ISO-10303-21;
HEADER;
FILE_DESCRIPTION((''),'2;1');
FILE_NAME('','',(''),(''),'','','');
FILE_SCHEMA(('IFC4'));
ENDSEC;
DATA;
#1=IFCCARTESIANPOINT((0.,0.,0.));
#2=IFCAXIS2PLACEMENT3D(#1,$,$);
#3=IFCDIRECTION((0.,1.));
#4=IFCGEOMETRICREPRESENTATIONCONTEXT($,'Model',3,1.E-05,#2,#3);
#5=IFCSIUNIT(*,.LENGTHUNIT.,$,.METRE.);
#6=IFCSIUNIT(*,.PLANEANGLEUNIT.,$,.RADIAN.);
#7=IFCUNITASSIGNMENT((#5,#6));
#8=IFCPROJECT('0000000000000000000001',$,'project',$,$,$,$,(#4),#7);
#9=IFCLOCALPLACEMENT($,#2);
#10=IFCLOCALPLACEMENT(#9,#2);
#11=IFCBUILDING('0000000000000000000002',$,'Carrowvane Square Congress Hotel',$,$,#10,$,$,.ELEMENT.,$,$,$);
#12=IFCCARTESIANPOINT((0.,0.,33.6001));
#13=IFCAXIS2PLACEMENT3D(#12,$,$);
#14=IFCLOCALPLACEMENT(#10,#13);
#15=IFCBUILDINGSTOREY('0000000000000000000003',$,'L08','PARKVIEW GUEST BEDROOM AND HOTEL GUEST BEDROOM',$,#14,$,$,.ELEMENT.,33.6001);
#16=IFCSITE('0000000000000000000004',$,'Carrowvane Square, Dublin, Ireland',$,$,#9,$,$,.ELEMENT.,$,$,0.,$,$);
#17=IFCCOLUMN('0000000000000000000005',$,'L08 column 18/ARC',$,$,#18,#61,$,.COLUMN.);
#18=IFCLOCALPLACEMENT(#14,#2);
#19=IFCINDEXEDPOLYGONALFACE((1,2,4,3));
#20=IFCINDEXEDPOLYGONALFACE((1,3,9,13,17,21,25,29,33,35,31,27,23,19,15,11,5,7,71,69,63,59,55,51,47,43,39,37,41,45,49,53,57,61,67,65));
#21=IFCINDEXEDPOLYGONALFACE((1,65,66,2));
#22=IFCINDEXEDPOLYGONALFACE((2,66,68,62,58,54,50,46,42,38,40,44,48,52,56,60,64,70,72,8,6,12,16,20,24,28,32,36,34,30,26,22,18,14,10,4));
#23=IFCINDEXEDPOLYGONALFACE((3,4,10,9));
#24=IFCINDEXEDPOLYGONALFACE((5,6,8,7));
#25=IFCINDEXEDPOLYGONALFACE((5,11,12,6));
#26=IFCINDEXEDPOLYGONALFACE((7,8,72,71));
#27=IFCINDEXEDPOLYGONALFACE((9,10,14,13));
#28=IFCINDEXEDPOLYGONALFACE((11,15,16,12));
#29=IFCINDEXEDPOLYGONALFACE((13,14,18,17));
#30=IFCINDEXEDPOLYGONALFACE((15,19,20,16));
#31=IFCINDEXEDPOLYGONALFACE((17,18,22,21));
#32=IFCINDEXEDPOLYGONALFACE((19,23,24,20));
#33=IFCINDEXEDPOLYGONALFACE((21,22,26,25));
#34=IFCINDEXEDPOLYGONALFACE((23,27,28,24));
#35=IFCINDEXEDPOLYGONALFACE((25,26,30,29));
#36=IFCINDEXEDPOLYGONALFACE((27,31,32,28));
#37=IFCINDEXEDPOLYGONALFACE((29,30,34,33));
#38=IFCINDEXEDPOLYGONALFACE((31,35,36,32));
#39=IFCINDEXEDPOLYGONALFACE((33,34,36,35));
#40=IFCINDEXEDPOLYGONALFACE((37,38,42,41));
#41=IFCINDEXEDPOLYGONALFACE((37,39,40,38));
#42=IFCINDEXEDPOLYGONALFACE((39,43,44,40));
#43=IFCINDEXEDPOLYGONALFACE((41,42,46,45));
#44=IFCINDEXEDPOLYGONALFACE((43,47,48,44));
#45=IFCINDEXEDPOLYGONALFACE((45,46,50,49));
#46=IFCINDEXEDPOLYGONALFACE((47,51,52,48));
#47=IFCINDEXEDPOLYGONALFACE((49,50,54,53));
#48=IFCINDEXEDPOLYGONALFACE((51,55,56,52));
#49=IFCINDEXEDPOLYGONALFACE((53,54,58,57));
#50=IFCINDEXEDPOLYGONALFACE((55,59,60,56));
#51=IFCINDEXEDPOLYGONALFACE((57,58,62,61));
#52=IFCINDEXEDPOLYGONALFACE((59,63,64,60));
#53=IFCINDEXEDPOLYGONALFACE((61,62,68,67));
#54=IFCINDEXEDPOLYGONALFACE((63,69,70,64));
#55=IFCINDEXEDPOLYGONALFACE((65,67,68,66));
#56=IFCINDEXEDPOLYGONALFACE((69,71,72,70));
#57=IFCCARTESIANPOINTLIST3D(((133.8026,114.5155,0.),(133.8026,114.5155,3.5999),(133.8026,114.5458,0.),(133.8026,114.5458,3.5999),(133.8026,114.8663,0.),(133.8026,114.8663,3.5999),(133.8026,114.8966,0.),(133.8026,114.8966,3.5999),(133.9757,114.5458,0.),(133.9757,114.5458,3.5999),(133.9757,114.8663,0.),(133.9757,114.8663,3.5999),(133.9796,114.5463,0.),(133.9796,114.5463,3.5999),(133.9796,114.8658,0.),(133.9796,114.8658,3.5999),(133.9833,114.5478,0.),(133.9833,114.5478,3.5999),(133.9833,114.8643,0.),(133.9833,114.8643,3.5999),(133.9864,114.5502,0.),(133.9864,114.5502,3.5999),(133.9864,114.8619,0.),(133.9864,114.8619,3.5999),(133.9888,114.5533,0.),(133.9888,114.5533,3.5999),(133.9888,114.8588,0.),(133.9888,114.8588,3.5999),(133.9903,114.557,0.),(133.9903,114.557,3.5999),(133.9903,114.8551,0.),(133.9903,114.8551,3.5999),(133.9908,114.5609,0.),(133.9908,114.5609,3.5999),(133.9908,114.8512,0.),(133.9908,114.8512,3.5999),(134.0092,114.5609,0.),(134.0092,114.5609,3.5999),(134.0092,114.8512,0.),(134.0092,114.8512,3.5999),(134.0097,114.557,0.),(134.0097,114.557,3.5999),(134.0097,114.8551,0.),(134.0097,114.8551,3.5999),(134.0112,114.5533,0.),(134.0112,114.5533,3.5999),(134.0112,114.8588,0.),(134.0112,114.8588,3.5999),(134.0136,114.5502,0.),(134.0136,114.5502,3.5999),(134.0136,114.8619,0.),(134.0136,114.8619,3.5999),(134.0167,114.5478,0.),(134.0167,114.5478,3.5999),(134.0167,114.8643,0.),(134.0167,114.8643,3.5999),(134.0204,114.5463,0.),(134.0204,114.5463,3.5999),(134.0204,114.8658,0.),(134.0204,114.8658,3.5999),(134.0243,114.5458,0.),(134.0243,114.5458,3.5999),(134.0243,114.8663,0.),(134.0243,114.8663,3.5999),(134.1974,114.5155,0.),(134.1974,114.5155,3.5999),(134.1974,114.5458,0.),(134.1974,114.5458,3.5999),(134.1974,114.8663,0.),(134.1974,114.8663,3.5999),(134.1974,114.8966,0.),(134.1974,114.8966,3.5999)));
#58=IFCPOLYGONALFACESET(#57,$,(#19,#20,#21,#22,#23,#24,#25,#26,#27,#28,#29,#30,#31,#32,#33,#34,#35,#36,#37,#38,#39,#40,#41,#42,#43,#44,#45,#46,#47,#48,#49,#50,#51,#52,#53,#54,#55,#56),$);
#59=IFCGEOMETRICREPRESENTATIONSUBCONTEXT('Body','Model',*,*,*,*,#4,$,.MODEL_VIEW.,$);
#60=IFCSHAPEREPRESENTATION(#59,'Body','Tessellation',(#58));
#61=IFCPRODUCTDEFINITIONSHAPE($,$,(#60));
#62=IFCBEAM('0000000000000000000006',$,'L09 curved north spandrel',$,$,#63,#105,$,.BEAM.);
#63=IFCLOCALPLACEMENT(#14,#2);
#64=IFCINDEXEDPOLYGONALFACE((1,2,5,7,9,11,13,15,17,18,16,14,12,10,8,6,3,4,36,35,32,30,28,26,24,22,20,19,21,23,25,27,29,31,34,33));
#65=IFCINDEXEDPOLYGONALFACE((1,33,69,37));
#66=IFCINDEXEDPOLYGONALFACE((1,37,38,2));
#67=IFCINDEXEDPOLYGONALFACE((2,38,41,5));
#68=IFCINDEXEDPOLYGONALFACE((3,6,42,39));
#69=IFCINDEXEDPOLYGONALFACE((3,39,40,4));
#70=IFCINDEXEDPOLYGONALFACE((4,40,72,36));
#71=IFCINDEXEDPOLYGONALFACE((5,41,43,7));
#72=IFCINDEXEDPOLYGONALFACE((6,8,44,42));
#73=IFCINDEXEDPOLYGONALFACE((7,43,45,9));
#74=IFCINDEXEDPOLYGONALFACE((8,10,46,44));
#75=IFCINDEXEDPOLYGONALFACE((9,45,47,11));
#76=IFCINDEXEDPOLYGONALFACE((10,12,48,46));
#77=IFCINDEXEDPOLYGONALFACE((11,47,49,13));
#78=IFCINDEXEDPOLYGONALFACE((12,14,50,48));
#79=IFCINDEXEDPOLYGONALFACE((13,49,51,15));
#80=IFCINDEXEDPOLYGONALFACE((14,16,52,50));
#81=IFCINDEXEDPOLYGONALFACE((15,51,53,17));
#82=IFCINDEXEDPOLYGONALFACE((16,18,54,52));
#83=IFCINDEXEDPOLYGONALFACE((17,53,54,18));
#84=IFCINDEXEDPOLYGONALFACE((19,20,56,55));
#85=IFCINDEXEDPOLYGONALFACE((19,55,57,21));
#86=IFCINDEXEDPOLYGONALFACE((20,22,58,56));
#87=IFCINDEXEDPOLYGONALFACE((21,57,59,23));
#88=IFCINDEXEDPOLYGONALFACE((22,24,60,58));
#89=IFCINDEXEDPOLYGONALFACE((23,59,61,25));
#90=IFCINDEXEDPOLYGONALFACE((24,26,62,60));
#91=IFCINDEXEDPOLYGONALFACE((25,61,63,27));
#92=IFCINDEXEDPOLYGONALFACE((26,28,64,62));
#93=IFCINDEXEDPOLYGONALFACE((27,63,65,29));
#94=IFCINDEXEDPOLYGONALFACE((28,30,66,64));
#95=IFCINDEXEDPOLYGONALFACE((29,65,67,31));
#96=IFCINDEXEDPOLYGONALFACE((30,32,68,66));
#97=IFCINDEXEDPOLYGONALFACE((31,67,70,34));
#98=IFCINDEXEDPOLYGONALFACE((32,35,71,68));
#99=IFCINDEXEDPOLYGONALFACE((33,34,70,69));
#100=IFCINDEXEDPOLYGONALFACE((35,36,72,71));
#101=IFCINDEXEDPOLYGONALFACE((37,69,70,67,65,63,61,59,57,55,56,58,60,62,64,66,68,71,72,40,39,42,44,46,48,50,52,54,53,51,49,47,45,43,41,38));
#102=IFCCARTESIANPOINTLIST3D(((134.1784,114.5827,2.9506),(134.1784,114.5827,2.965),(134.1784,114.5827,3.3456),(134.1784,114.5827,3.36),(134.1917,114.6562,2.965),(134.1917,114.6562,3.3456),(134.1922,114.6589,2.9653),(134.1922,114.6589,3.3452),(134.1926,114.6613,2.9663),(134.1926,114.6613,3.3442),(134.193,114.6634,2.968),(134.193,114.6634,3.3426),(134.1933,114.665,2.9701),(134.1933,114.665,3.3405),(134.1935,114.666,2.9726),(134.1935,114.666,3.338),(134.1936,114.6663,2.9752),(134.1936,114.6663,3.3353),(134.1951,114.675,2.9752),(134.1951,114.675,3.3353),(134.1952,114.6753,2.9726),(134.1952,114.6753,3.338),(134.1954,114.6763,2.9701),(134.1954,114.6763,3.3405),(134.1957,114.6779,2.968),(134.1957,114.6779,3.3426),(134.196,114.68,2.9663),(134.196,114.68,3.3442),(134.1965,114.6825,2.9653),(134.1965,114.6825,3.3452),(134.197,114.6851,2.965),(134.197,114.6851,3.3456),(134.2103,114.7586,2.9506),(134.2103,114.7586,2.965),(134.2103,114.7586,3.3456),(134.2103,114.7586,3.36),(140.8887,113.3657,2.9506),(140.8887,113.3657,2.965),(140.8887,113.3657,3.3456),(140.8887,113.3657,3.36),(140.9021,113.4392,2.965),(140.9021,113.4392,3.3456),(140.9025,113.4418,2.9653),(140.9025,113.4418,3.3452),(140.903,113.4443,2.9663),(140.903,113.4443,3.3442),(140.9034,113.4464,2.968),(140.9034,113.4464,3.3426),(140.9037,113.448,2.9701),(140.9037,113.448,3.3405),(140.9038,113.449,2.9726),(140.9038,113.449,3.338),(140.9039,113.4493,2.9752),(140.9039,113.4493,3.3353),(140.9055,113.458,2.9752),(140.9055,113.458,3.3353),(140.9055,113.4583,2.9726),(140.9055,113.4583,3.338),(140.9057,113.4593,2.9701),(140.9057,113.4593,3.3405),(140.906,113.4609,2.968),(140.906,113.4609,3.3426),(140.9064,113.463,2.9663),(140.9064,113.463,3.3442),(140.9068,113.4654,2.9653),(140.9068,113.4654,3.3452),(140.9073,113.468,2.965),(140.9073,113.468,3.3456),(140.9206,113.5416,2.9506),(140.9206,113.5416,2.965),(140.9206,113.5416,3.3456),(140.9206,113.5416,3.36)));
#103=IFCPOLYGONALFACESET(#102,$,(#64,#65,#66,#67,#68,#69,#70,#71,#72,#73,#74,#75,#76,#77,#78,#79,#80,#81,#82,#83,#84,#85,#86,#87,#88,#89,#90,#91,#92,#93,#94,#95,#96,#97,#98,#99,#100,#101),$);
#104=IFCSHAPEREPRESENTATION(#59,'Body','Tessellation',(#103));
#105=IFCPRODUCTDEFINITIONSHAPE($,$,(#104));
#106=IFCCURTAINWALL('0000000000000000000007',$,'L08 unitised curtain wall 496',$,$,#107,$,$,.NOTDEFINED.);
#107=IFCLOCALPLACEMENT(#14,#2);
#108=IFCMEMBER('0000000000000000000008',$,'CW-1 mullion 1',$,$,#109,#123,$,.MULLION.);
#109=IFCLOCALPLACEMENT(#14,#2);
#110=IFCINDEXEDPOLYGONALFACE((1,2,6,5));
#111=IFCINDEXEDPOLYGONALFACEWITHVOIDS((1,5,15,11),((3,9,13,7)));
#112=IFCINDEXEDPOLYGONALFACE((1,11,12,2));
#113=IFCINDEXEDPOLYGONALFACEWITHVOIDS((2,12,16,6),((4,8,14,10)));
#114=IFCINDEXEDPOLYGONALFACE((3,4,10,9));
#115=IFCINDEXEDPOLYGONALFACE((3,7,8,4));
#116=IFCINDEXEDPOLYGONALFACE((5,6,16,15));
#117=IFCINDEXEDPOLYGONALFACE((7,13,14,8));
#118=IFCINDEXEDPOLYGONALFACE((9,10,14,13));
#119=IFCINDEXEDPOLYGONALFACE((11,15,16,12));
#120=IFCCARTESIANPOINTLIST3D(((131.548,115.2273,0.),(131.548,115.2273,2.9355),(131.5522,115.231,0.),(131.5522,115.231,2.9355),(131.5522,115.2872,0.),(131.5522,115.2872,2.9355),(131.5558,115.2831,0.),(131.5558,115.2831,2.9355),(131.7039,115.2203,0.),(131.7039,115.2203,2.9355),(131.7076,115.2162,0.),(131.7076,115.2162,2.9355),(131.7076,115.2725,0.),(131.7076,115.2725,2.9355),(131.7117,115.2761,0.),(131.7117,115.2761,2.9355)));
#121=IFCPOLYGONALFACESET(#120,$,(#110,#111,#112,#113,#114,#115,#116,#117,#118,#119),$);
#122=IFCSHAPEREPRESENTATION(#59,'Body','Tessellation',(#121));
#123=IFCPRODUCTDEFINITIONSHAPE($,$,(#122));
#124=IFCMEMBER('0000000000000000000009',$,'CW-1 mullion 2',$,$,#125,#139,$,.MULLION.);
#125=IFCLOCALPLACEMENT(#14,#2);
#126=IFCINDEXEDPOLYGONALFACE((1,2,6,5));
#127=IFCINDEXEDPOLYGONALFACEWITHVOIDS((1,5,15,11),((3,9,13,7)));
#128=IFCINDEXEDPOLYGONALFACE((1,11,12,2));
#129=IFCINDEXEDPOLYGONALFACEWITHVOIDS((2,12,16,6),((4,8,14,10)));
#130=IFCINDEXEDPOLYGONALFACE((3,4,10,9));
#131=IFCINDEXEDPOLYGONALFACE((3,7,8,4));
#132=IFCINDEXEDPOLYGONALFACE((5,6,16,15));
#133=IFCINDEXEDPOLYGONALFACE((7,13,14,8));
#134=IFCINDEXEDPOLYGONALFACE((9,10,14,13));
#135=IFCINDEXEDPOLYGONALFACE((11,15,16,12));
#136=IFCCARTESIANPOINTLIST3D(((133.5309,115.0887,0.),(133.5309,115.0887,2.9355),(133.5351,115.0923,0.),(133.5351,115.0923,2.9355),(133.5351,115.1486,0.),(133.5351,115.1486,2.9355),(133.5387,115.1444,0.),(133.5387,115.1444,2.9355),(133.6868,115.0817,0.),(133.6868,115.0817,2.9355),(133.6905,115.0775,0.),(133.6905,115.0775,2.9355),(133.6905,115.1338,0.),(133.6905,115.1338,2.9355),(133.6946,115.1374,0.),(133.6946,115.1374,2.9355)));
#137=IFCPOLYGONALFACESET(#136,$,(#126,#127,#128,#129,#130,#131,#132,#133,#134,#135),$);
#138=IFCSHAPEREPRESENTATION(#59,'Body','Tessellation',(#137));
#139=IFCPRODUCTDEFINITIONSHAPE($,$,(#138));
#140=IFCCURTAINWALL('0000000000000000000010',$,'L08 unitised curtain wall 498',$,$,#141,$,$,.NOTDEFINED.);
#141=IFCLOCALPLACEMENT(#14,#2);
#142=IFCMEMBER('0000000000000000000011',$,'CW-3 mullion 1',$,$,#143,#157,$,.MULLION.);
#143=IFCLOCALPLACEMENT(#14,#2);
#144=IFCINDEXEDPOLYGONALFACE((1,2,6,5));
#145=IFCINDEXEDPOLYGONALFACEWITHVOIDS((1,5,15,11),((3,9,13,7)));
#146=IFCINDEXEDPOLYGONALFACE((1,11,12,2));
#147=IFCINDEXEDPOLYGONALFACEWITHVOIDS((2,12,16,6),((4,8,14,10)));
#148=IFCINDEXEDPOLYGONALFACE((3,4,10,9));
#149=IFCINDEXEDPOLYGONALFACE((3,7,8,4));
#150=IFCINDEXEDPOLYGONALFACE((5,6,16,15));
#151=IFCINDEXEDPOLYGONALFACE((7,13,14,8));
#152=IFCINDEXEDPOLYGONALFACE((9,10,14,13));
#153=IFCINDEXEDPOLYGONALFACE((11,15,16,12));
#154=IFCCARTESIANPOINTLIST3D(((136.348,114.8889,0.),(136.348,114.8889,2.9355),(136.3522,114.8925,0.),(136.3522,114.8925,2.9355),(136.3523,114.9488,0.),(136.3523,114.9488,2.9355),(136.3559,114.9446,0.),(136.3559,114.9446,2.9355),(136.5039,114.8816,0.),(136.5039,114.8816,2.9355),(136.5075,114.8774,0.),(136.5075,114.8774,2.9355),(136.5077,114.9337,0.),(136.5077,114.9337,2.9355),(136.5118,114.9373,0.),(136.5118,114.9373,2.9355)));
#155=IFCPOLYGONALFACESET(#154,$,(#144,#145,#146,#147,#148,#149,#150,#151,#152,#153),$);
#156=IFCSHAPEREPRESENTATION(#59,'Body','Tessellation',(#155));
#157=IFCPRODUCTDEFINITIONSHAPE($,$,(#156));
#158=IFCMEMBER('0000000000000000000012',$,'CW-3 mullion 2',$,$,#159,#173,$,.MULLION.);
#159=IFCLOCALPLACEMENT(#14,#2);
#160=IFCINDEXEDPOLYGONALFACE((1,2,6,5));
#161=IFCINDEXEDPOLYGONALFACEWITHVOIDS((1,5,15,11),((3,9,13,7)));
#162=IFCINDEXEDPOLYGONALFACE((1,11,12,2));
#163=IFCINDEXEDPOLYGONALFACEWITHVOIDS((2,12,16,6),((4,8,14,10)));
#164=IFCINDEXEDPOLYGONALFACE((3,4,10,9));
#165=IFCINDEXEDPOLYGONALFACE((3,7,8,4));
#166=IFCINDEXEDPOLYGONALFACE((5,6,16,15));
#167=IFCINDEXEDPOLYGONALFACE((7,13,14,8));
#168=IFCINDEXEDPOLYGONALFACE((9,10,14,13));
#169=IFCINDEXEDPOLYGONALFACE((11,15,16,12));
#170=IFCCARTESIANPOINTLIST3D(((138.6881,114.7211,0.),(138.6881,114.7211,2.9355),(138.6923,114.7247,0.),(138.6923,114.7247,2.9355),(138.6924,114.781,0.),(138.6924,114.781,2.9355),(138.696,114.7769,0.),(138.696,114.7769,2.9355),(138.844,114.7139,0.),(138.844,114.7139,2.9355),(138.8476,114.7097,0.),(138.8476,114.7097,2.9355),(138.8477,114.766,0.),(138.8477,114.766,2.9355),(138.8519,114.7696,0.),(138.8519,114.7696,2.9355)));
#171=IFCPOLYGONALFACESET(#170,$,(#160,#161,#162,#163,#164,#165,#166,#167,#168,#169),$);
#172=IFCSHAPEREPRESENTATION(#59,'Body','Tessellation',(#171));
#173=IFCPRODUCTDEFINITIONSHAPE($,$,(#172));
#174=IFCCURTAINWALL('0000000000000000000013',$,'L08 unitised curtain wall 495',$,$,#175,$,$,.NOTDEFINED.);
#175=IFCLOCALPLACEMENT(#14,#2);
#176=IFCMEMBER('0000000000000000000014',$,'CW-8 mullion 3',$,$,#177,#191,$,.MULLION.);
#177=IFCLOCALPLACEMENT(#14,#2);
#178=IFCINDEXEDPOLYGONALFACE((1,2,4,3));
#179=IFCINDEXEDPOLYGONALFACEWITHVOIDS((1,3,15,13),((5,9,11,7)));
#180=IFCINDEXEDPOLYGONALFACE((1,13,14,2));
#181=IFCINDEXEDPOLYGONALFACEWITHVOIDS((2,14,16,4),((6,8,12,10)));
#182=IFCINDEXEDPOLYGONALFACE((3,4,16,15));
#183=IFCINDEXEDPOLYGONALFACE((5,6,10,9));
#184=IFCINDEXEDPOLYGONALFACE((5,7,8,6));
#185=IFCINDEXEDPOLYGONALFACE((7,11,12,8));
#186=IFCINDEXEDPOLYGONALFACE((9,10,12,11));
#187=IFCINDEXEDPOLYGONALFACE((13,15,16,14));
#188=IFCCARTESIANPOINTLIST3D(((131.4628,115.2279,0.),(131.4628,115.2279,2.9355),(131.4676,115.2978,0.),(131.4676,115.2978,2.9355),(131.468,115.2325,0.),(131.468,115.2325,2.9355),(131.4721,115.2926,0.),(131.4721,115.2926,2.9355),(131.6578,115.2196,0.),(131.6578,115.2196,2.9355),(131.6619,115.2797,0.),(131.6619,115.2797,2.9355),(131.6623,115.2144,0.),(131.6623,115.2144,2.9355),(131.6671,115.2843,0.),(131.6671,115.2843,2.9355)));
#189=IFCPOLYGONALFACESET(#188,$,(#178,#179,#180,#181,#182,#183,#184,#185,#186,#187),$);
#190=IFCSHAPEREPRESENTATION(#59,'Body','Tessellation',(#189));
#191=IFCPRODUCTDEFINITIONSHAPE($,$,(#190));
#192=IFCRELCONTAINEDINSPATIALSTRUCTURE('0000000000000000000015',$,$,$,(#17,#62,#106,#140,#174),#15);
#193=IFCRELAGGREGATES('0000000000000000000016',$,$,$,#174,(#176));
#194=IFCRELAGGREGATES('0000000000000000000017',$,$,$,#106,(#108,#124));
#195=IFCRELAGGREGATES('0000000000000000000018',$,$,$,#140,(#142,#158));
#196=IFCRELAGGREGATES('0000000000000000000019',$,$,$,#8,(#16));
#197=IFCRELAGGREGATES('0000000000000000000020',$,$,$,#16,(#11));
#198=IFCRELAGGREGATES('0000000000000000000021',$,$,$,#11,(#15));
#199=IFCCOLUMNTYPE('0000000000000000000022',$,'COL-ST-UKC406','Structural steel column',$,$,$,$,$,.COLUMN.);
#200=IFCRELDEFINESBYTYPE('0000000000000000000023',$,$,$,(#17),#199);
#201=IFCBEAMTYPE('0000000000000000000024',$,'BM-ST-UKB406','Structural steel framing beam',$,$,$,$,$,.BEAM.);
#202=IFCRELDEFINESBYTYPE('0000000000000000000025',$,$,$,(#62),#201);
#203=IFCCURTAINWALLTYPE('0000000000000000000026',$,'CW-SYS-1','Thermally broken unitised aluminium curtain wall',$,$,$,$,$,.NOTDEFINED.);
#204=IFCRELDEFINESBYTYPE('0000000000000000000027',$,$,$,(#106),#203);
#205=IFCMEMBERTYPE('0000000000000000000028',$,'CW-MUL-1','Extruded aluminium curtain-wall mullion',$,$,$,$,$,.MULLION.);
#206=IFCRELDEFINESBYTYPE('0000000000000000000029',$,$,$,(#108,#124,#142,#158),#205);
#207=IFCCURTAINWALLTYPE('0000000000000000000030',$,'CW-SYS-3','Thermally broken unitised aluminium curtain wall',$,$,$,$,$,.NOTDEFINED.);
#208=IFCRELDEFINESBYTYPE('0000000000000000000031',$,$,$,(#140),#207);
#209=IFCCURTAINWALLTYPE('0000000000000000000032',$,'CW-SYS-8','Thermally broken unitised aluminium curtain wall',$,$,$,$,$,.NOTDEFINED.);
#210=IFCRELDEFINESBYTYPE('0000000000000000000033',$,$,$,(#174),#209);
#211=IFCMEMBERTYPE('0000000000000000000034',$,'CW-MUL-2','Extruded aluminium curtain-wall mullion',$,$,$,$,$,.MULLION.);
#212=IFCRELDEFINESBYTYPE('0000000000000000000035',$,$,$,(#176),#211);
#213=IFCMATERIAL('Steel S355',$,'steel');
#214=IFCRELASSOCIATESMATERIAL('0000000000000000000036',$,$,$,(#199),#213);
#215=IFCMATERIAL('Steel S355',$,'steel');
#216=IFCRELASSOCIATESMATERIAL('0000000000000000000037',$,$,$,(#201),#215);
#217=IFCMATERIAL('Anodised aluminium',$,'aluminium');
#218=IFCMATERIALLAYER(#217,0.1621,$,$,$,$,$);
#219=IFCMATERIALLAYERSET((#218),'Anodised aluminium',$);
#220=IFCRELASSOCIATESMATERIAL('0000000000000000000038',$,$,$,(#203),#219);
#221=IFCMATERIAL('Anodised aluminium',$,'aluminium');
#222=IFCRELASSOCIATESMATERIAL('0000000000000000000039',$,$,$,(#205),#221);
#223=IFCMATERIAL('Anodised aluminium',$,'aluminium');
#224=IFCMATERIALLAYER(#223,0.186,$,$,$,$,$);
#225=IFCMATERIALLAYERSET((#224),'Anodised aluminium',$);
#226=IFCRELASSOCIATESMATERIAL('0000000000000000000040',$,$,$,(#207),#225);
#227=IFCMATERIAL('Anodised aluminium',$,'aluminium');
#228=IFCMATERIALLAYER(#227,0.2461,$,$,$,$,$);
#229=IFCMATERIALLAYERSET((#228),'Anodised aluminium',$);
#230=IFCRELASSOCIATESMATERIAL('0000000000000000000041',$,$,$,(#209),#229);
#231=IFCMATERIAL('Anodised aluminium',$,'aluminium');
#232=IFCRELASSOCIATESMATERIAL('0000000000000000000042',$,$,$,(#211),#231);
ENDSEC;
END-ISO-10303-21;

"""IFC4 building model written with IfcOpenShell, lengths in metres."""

from ifc_helpers import new_model, si_unit, direction, frame, origin, origin_2d, place, context, subcontext, project, spatial, hollow_rectangle, i_section, extrude, material, layer, layer_set, material_profile, profile_set, type_object, element, aggregate, save


model = new_model("IFC4")

# Units and contexts
model_context = context("Model", 3, precision=1e-05, world=origin(), true_north=direction((0.0, 1.0)))
body_context = subcontext(model_context, "Body", "Model", "MODEL_VIEW")
ifc_project = project(units=[si_unit("LENGTHUNIT", "METRE"), si_unit("PLANEANGLEUNIT", "RADIAN")], contexts=[model_context])

# Site, building, storey
site_placement = place(None, origin())
site = spatial("IfcSite", under=ifc_project, at=site_placement, Name="Carrowvane Square, Dublin, Ireland", CompositionType="ELEMENT", RefElevation=0.0)
building_placement = place(site_placement, origin())
building = spatial("IfcBuilding", under=site, at=building_placement, Name="Carrowvane Square Congress Hotel", CompositionType="ELEMENT")
storey_placement = place(building_placement, frame((0.0, 0.0, 33.6001)))
storey = spatial("IfcBuildingStorey", under=building, at=storey_placement, Name="L08", Description="PARKVIEW GUEST BEDROOM AND HOTEL GUEST BEDROOM", CompositionType="ELEMENT", Elevation=33.6001)

# Column
ifc_material_1 = material(Name="Steel S355", Category="steel")
ifc_material_profile_1 = material_profile(ifc_material_1, i_section(OverallWidth=0.3948, OverallDepth=0.3811, WebThickness=0.0183, FlangeThickness=0.0303, FilletRadius=0.0151, at=origin_2d()), Name="UKC 356x406x235")
ifc_profile_set_1 = profile_set([ifc_material_profile_1], Name="Steel S355")
column_type = type_object("IfcColumnType", Name="COL-ST-UKC406", Description="Structural steel column", PredefinedType="COLUMN", material=ifc_profile_set_1)
column_placement = place(storey_placement, frame((134.0, 114.7061, 0.0), z_axis=(0.0, 0.0, 1.0), x_axis=(1.0, 0.0, 0.0)))
element("IfcColumn", 1, at=column_placement, inside=storey, type_object=column_type, Name="L08 column 18/ARC", PredefinedType="COLUMN", context=body_context, shape_type="SweptSolid", body=[
    extrude(i_section(OverallWidth=0.3948, OverallDepth=0.3811, WebThickness=0.0183, FlangeThickness=0.0303, FilletRadius=0.0151, at=origin_2d()), origin(), (0.0, 0.0, 1.0), 3.5999),
])

# Beam
ifc_material_2 = material(Name="Steel S355", Category="steel")
ifc_material_profile_2 = material_profile(ifc_material_2, i_section(OverallWidth=0.1787, OverallDepth=0.4094, WebThickness=0.0088, FlangeThickness=0.0144, FilletRadius=0.0103, at=origin_2d()), Name="UKB 406x178x67")
ifc_profile_set_2 = profile_set([ifc_material_profile_2], Name="Steel S355")
beam_type = type_object("IfcBeamType", Name="BM-ST-UKB406", Description="Structural steel framing beam", PredefinedType="BEAM", material=ifc_profile_set_2)
beam_placement = place(storey_placement, frame((134.1943, 114.6707, 3.1553), z_axis=(0.983948, -0.178454, 0.0), x_axis=(0.178454, 0.983948, 0.0)))
element("IfcBeam", 2, at=beam_placement, inside=storey, type_object=beam_type, Name="L09 curved north spandrel", PredefinedType="BEAM", context=body_context, shape_type="SweptSolid", body=[
    extrude(i_section(OverallWidth=0.1787, OverallDepth=0.4094, WebThickness=0.0088, FlangeThickness=0.0144, FilletRadius=0.0103, at=origin_2d()), origin(), (0.0, 0.0, 1.0), 6.8198),
])

# Curtain walls, members
ifc_material_3 = material(Name="Anodised aluminium", Category="aluminium")
ifc_layer_1 = layer(ifc_material_3, 0.1621)
ifc_layer_set_1 = layer_set([ifc_layer_1], Name="Anodised aluminium")
curtain_wall_type_1 = type_object("IfcCurtainWallType", Name="CW-SYS-1", Description="Thermally broken unitised aluminium curtain wall", PredefinedType="NOTDEFINED", material=ifc_layer_set_1)
curtain_wall_1_placement = place(storey_placement, origin())
curtain_wall_1 = element("IfcCurtainWall", 3, at=curtain_wall_1_placement, inside=storey, type_object=curtain_wall_type_1, Name="L08 unitised curtain wall 496", PredefinedType="NOTDEFINED")
ifc_material_4 = material(Name="Anodised aluminium", Category="aluminium")
ifc_material_profile_3 = material_profile(ifc_material_4, hollow_rectangle(XDim=0.0601, YDim=0.1599, WallThickness=0.0039, at=origin_2d()), Name="CW-ML 60x160x4")
ifc_profile_set_3 = profile_set([ifc_material_profile_3], Name="Anodised aluminium")
member_type_1 = type_object("IfcMemberType", Name="CW-MUL-1", Description="Extruded aluminium curtain-wall mullion", PredefinedType="MULLION", material=ifc_profile_set_3)
member_1_placement = place(storey_placement, frame((131.6299, 115.2517, 0.0), z_axis=(0.0, 0.0, 1.0), x_axis=(0.069727, 0.997566, 0.0)))
member_1 = element("IfcMember", 4, at=member_1_placement, type_object=member_type_1, Name="CW-1 mullion 1", PredefinedType="MULLION", context=body_context, shape_type="SweptSolid", body=[
    extrude(hollow_rectangle(XDim=0.0601, YDim=0.1599, WallThickness=0.0039, at=origin_2d()), origin(), (0.0, 0.0, 1.0), 2.9355),
])
member_2_placement = place(storey_placement, frame((133.6128, 115.113, 0.0), z_axis=(0.0, 0.0, 1.0), x_axis=(0.069727, 0.997566, 0.0)))
member_2 = element("IfcMember", 5, at=member_2_placement, type_object=member_type_1, Name="CW-1 mullion 2", PredefinedType="MULLION", context=body_context, shape_type="SweptSolid", body=[
    extrude(hollow_rectangle(XDim=0.0601, YDim=0.1599, WallThickness=0.0039, at=origin_2d()), origin(), (0.0, 0.0, 1.0), 2.9355),
])
ifc_material_5 = material(Name="Anodised aluminium", Category="aluminium")
ifc_layer_2 = layer(ifc_material_5, 0.186)
ifc_layer_set_2 = layer_set([ifc_layer_2], Name="Anodised aluminium")
curtain_wall_type_2 = type_object("IfcCurtainWallType", Name="CW-SYS-3", Description="Thermally broken unitised aluminium curtain wall", PredefinedType="NOTDEFINED", material=ifc_layer_set_2)
curtain_wall_2_placement = place(storey_placement, origin())
curtain_wall_2 = element("IfcCurtainWall", 6, at=curtain_wall_2_placement, inside=storey, type_object=curtain_wall_type_2, Name="L08 unitised curtain wall 498", PredefinedType="NOTDEFINED")
member_3_placement = place(storey_placement, frame((136.4299, 114.9131, 0.0), z_axis=(0.0, 0.0, 1.0), x_axis=(0.071532, 0.997438, 0.0)))
member_3 = element("IfcMember", 7, at=member_3_placement, type_object=member_type_1, Name="CW-3 mullion 1", PredefinedType="MULLION", context=body_context, shape_type="SweptSolid", body=[
    extrude(hollow_rectangle(XDim=0.0601, YDim=0.1599, WallThickness=0.0039, at=origin_2d()), origin(), (0.0, 0.0, 1.0), 2.9355),
])
member_4_placement = place(storey_placement, frame((138.77, 114.7454, 0.0), z_axis=(0.0, 0.0, 1.0), x_axis=(0.071532, 0.997438, 0.0)))
member_4 = element("IfcMember", 8, at=member_4_placement, type_object=member_type_1, Name="CW-3 mullion 2", PredefinedType="MULLION", context=body_context, shape_type="SweptSolid", body=[
    extrude(hollow_rectangle(XDim=0.0601, YDim=0.1599, WallThickness=0.0039, at=origin_2d()), origin(), (0.0, 0.0, 1.0), 2.9355),
])

# Curtain wall, member
ifc_material_6 = material(Name="Anodised aluminium", Category="aluminium")
ifc_layer_3 = layer(ifc_material_6, 0.2461)
ifc_layer_set_3 = layer_set([ifc_layer_3], Name="Anodised aluminium")
curtain_wall_type_3 = type_object("IfcCurtainWallType", Name="CW-SYS-8", Description="Thermally broken unitised aluminium curtain wall", PredefinedType="NOTDEFINED", material=ifc_layer_set_3)
curtain_wall_3_placement = place(storey_placement, origin())
curtain_wall_3 = element("IfcCurtainWall", 9, at=curtain_wall_3_placement, inside=storey, type_object=curtain_wall_type_3, Name="L08 unitised curtain wall 495", PredefinedType="NOTDEFINED")
ifc_material_7 = material(Name="Anodised aluminium", Category="aluminium")
ifc_material_profile_4 = material_profile(ifc_material_7, hollow_rectangle(XDim=0.0701, YDim=0.2, WallThickness=0.0049, at=origin_2d()), Name="CW-ML 70x200x5")
ifc_profile_set_4 = profile_set([ifc_material_profile_4], Name="Anodised aluminium")
member_type_2 = type_object("IfcMemberType", Name="CW-MUL-2", Description="Extruded aluminium curtain-wall mullion", PredefinedType="MULLION", material=ifc_profile_set_4)
member_5_placement = place(storey_placement, frame((131.5649, 115.2561, 0.0), z_axis=(0.0, 0.0, 1.0), x_axis=(0.06787, 0.997694, 0.0)))
member_5 = element("IfcMember", 10, at=member_5_placement, type_object=member_type_2, Name="CW-8 mullion 3", PredefinedType="MULLION", context=body_context, shape_type="SweptSolid", body=[
    extrude(hollow_rectangle(XDim=0.0701, YDim=0.2, WallThickness=0.0049, at=origin_2d()), origin(), (0.0, 0.0, 1.0), 2.9355),
])

aggregate(curtain_wall_3, [member_5])
aggregate(curtain_wall_1, [member_1, member_2])
aggregate(curtain_wall_2, [member_3, member_4])

save(model, "model.ifc")
